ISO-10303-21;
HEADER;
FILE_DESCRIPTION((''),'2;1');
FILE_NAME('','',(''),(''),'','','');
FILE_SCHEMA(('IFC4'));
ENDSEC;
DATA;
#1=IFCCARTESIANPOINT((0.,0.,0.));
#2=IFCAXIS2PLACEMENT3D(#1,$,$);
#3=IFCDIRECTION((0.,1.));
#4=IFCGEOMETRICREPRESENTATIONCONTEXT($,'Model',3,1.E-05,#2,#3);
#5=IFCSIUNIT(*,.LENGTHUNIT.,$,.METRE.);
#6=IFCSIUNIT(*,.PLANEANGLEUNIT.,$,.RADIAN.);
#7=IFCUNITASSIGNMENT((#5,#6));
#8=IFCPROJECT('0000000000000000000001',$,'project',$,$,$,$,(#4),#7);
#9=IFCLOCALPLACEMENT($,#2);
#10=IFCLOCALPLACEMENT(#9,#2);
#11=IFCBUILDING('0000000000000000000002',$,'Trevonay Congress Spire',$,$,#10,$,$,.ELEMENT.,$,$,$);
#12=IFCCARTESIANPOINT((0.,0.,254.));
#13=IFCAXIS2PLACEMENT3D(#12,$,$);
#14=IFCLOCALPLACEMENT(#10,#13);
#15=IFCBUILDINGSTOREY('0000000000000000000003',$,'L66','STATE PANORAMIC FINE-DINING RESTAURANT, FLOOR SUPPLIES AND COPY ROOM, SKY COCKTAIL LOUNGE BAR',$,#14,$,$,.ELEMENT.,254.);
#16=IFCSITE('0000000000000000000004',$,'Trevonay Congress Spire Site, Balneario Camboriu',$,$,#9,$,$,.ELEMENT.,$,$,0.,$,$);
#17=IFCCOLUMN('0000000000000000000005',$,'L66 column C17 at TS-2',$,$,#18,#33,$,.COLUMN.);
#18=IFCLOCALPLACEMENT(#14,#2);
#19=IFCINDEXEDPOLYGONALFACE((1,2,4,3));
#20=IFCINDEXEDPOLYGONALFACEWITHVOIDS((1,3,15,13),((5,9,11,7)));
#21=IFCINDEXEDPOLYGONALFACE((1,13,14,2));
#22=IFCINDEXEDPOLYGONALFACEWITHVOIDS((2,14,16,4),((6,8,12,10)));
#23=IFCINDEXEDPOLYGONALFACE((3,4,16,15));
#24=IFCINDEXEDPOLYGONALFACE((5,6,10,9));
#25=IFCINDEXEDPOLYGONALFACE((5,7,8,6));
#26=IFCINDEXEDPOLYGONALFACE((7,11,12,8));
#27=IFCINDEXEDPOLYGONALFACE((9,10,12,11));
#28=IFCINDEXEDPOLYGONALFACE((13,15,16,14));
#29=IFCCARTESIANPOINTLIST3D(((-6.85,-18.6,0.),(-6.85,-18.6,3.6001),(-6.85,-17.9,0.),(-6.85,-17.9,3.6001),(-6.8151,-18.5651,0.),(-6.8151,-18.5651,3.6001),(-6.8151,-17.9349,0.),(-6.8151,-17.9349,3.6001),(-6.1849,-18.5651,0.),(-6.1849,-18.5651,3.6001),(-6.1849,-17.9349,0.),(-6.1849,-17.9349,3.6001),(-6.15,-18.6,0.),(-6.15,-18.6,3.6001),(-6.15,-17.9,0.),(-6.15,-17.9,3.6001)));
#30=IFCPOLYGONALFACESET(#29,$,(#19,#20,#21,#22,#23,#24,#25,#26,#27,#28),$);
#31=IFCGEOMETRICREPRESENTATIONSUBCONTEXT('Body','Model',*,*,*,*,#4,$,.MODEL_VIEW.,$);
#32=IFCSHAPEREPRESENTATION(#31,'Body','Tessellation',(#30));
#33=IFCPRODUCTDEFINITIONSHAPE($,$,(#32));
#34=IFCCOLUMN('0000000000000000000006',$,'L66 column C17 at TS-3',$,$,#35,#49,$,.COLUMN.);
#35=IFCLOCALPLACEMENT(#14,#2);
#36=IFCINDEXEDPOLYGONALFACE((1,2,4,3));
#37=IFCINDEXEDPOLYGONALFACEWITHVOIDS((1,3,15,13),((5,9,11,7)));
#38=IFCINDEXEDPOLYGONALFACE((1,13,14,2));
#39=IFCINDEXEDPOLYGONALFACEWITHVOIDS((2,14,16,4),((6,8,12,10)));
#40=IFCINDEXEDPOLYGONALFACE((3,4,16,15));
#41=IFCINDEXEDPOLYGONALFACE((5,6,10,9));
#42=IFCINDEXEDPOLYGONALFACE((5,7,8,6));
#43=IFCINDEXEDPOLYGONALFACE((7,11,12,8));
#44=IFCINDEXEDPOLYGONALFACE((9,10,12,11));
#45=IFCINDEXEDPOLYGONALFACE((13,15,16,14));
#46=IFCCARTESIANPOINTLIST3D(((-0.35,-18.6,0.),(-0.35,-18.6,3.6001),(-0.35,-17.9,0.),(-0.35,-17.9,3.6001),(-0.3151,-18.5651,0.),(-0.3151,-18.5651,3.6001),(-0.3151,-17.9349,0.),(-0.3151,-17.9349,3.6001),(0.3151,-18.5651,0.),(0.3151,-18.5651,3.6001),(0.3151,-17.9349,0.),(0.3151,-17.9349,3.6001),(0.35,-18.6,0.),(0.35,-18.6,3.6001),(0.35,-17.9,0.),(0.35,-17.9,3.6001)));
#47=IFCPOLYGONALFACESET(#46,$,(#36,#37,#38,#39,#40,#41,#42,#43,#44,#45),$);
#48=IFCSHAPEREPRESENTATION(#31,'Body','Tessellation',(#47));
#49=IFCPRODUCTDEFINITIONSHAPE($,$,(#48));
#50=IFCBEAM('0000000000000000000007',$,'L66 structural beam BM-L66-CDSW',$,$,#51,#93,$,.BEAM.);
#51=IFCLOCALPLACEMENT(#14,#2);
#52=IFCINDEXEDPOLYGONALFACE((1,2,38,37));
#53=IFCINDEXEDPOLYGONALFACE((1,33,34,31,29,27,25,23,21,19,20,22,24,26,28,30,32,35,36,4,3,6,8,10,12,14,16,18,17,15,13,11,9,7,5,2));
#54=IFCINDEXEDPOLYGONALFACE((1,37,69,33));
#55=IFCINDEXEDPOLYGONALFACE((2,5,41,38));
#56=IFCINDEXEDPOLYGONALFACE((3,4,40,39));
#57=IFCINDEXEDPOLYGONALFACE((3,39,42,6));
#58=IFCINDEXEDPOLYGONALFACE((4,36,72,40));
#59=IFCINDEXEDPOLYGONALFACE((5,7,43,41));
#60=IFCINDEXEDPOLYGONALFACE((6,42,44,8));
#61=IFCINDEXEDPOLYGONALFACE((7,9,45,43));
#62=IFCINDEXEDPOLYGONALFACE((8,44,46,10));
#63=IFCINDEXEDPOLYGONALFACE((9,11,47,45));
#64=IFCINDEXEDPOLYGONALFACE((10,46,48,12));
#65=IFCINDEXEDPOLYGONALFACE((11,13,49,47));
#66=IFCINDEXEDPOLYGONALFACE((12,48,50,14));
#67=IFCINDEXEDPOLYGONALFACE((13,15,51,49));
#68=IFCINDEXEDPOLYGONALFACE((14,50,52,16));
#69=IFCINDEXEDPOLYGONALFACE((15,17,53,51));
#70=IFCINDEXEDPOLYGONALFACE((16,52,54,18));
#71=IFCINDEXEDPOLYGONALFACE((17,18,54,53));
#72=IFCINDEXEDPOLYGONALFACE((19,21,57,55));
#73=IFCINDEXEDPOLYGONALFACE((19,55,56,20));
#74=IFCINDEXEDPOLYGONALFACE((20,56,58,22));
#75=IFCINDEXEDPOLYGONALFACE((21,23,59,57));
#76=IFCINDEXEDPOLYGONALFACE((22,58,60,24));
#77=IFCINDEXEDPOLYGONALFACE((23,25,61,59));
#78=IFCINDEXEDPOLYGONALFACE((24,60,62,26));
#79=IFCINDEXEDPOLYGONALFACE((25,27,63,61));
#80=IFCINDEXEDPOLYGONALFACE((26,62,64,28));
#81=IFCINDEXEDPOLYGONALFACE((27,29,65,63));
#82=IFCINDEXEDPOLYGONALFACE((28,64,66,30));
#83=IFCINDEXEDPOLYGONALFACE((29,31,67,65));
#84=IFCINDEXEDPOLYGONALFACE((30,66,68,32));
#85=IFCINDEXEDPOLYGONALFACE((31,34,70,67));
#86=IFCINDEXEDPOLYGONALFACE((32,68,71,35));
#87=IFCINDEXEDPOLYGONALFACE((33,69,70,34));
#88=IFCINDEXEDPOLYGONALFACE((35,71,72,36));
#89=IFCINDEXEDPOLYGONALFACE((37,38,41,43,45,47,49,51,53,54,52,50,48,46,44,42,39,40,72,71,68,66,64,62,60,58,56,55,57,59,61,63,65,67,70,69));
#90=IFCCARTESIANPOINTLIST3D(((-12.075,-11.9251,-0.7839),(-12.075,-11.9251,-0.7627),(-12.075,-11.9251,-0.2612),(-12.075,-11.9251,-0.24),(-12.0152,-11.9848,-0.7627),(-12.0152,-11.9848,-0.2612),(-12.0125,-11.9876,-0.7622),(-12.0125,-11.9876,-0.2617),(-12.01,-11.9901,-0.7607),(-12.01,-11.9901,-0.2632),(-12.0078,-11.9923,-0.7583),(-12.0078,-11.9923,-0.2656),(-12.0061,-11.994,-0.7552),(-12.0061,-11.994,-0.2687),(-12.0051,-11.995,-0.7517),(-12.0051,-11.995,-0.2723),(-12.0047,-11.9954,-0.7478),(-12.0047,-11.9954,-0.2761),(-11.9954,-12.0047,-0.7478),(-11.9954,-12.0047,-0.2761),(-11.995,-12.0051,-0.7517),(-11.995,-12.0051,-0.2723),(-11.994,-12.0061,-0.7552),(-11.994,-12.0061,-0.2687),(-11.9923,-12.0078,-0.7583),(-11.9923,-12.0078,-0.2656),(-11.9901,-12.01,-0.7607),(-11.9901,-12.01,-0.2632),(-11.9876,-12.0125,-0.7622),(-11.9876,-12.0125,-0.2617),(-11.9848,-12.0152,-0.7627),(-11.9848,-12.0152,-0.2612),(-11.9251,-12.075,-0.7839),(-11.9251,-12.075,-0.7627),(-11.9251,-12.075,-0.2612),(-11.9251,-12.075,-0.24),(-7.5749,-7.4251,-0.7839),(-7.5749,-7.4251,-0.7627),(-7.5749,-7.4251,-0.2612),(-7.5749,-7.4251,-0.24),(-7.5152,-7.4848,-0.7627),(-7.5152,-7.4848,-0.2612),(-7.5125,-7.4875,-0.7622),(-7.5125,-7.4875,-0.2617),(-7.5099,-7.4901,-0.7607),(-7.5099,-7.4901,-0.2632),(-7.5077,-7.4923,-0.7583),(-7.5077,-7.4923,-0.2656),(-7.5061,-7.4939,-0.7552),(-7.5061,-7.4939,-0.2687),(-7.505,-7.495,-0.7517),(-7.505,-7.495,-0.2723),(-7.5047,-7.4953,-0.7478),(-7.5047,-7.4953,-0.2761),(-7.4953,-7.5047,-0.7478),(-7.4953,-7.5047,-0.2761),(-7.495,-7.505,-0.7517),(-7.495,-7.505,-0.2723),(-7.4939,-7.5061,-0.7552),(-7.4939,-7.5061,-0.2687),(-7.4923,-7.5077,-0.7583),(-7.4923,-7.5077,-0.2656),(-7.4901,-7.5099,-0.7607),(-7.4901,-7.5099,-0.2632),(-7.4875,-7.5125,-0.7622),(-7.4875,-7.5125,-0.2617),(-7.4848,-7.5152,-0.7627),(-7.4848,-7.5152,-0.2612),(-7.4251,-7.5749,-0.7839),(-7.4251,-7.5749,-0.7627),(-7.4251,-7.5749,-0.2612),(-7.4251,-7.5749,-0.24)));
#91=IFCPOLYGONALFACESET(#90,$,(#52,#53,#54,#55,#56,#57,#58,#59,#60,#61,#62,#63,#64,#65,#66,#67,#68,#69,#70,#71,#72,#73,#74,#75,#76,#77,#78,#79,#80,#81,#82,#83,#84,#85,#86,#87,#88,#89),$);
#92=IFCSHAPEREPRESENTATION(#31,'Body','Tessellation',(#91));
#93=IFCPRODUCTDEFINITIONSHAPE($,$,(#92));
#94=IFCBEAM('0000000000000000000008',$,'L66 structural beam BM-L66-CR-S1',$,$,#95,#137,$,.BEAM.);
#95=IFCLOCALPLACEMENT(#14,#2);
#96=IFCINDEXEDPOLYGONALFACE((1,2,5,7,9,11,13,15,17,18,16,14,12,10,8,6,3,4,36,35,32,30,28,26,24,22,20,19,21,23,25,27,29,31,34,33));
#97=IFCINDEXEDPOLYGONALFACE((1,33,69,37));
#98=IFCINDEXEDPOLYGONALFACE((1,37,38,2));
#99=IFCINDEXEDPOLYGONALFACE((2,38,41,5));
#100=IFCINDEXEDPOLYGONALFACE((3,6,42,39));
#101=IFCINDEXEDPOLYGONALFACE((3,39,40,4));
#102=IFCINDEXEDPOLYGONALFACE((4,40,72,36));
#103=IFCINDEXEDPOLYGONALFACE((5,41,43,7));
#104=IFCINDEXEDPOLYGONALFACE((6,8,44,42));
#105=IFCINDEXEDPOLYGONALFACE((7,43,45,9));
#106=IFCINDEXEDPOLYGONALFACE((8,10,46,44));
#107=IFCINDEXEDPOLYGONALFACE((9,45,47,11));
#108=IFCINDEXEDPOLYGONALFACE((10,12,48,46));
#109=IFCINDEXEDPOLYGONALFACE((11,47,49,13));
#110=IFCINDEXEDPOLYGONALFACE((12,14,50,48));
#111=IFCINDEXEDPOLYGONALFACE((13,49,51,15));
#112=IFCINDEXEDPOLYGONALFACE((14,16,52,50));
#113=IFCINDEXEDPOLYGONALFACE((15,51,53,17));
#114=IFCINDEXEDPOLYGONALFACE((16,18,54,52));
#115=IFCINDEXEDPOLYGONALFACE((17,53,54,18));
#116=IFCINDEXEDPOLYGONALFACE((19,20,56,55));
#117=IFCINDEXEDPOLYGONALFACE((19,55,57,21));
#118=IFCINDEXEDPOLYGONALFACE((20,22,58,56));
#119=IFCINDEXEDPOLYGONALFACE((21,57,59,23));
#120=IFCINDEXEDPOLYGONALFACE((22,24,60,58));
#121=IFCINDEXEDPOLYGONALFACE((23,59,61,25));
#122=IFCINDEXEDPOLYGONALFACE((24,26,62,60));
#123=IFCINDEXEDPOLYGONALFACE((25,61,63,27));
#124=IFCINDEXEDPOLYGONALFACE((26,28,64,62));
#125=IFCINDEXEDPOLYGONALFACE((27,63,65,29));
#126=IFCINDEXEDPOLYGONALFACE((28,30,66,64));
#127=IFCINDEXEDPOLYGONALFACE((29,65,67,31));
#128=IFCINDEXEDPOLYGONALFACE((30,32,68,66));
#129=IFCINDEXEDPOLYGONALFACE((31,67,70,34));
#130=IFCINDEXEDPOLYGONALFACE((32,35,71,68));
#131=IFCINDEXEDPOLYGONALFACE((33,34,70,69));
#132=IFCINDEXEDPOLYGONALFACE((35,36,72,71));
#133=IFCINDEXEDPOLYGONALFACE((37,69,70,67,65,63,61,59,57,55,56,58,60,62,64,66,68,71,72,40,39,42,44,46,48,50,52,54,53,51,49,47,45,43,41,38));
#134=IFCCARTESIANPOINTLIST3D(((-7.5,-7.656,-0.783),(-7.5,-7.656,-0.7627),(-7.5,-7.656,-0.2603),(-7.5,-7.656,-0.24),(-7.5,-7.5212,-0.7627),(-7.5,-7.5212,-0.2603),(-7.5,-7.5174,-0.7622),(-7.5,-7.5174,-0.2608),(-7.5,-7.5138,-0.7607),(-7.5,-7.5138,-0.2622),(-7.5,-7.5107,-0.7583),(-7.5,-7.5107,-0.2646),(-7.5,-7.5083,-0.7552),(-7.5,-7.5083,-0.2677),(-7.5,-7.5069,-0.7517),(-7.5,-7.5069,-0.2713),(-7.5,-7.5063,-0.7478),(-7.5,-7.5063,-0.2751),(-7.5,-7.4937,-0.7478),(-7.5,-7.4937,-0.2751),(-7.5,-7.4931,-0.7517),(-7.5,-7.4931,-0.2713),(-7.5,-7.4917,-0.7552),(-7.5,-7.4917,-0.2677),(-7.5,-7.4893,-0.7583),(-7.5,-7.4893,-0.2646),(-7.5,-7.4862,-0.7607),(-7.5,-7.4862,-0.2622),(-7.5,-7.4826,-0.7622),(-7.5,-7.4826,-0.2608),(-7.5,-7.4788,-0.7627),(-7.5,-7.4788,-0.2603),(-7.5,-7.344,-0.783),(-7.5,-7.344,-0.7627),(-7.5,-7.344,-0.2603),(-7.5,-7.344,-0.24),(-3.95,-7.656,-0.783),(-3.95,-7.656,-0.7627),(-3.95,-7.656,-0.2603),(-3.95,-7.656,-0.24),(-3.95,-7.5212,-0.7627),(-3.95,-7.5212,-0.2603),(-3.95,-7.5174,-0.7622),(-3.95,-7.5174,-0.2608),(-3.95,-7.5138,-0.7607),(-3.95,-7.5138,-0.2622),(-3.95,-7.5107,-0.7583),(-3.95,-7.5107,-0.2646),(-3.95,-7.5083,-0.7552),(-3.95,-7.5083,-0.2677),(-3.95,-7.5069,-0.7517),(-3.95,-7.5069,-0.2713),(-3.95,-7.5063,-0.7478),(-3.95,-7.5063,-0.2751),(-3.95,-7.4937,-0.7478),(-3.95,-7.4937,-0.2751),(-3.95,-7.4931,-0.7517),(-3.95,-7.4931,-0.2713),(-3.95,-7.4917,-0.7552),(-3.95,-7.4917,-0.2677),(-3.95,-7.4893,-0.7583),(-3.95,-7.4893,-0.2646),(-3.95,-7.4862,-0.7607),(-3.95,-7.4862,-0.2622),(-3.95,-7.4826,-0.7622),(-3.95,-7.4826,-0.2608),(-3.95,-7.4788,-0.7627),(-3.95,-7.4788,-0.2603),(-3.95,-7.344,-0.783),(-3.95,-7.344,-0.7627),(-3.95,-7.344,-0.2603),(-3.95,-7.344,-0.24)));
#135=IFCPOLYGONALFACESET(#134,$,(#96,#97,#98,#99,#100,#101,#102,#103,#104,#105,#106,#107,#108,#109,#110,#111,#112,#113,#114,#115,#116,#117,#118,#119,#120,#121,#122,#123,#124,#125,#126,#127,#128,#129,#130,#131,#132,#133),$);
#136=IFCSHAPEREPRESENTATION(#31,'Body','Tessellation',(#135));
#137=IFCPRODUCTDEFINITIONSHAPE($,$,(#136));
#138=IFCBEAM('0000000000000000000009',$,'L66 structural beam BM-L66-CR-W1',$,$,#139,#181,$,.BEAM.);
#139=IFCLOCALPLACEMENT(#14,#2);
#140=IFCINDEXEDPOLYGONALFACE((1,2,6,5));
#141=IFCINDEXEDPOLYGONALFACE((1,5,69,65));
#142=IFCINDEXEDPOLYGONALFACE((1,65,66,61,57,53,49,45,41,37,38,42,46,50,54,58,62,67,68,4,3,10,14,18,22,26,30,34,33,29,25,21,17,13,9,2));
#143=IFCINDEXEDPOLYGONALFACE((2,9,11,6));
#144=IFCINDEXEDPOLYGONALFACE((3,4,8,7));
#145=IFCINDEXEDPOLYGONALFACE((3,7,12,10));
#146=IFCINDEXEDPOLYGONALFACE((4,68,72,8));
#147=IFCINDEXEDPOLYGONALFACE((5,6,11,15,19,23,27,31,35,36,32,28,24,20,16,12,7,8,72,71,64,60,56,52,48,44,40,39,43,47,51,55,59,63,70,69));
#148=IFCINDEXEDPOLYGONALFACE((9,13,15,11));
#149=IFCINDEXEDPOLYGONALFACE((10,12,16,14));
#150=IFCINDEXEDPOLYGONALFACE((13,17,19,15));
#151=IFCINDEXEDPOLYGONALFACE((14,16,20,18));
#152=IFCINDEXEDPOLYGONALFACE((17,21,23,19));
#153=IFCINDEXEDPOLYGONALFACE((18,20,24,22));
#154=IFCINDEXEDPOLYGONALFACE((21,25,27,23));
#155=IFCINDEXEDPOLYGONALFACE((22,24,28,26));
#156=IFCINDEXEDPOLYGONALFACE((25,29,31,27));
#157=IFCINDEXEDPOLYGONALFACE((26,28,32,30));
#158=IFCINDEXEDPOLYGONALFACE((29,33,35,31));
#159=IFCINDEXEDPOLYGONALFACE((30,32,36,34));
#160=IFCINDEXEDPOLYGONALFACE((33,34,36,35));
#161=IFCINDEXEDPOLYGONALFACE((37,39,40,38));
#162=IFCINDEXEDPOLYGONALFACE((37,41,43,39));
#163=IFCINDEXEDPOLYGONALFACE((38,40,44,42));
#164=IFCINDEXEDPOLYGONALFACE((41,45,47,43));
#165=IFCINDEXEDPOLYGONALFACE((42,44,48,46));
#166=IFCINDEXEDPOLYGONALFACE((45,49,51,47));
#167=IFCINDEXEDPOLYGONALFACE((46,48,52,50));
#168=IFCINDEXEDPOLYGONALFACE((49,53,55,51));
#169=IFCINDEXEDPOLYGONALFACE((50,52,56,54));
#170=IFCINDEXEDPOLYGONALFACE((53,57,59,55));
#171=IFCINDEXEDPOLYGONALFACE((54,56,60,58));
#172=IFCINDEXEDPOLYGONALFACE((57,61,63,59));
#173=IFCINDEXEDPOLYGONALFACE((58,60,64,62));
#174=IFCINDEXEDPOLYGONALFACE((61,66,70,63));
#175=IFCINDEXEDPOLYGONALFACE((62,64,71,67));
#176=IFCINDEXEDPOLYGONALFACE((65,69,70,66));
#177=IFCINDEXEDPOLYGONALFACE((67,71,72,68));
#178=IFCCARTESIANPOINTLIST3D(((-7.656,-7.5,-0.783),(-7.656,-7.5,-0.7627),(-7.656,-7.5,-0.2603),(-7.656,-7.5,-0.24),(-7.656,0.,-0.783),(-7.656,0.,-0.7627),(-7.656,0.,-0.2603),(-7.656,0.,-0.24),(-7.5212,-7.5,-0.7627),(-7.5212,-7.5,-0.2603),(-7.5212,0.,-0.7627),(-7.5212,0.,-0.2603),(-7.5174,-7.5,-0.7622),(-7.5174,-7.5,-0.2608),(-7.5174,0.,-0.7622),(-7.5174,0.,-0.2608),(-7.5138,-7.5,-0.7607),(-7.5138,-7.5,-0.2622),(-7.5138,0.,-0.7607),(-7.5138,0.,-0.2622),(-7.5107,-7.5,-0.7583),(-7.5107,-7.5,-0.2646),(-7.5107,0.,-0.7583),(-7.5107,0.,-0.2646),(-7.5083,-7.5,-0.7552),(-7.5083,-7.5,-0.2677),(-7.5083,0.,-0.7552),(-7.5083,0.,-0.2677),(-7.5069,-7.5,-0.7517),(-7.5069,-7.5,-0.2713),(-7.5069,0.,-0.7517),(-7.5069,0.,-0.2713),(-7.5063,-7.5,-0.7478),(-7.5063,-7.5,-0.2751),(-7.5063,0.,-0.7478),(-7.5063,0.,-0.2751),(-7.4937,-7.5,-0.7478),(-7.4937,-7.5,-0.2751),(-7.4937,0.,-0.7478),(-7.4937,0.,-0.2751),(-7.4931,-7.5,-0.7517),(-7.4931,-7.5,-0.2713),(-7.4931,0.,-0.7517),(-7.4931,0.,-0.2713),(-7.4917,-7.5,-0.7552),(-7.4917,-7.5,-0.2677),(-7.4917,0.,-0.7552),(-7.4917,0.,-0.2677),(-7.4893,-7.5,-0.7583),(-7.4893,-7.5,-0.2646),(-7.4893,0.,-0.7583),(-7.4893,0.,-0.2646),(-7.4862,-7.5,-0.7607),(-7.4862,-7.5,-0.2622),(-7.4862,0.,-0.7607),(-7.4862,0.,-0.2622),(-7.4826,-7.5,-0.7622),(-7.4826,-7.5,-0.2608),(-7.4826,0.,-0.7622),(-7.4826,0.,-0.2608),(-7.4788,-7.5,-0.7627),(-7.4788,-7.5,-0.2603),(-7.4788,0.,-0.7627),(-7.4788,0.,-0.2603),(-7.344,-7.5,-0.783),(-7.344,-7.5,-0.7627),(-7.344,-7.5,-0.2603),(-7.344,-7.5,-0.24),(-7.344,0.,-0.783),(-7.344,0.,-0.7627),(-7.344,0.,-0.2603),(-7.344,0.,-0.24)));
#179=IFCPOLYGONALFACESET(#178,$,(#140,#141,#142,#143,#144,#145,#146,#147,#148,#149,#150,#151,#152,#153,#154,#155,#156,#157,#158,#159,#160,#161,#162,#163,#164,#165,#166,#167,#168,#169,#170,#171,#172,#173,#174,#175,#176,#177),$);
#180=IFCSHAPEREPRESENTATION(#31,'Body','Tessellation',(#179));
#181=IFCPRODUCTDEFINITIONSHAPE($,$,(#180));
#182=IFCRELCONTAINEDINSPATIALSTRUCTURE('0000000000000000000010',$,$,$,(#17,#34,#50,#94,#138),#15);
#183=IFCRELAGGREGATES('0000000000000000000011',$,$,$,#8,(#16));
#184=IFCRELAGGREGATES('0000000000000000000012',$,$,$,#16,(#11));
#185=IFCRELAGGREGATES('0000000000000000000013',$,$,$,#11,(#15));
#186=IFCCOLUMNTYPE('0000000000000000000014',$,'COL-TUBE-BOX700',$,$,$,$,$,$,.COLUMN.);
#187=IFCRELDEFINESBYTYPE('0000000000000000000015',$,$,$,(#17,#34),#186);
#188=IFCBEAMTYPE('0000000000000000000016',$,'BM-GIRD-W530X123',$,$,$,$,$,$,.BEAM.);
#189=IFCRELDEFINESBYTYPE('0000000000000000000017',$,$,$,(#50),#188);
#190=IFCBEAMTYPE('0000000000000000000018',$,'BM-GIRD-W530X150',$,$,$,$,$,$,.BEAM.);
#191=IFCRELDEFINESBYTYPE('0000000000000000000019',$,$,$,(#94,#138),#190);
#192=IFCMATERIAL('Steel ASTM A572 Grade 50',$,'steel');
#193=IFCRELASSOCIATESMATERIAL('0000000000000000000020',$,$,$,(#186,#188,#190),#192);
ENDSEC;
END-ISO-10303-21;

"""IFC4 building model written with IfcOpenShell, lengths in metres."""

from ifc_helpers import new_model, si_unit, direction, frame, origin, origin_2d, place, context, subcontext, project, spatial, hollow_rectangle, i_section, extrude, material, material_profile, profile_set, type_object, element, save


model = new_model("IFC4")

# Units and contexts
model_context = context("Model", 3, precision=1e-05, world=origin(), true_north=direction((0.0, 1.0)))
body_context = subcontext(model_context, "Body", "Model", "MODEL_VIEW")
ifc_project = project(units=[si_unit("LENGTHUNIT", "METRE"), si_unit("PLANEANGLEUNIT", "RADIAN")], contexts=[model_context])

# Site, building, storey
site_placement = place(None, origin())
site = spatial("IfcSite", under=ifc_project, at=site_placement, Name="Trevonay Congress Spire Site, Balneario Camboriu", CompositionType="ELEMENT", RefElevation=0.0)
building_placement = place(site_placement, origin())
building = spatial("IfcBuilding", under=site, at=building_placement, Name="Trevonay Congress Spire", CompositionType="ELEMENT")
storey_placement = place(building_placement, frame((0.0, 0.0, 254.0)))
storey = spatial("IfcBuildingStorey", under=building, at=storey_placement, Name="L66", Description="STATE PANORAMIC FINE-DINING RESTAURANT, FLOOR SUPPLIES AND COPY ROOM, SKY COCKTAIL LOUNGE BAR", CompositionType="ELEMENT", Elevation=254.0)

# Columns
ifc_material_1 = material(Name="Steel ASTM A572 Grade 50", Category="steel")
ifc_material_profile_1 = material_profile(ifc_material_1, hollow_rectangle(XDim=0.7, YDim=0.7, WallThickness=0.0349, at=origin_2d()), Name="BOX 700x700x35")
ifc_profile_set_1 = profile_set([ifc_material_profile_1], Name="Steel ASTM A572 Grade 50")
column_type = type_object("IfcColumnType", Name="COL-TUBE-BOX700", PredefinedType="COLUMN", material=ifc_profile_set_1)
for number, where, z_axis, x_axis, name in (
    (1, (-6.5, -18.25, 0.0), (0.0, 0.0, 1.0), (1.0, 0.0, 0.0), "L66 column C17 at TS-2"),
    (2, (0.0, -18.25, 0.0), (0.0, 0.0, 1.0), (1.0, 0.0, 0.0), "L66 column C17 at TS-3"),
):
    element("IfcColumn", number, at=place(storey_placement, frame(where, z_axis=z_axis, x_axis=x_axis)), inside=storey, type_object=column_type, Name=name, PredefinedType="COLUMN", context=body_context, shape_type="SweptSolid", body=[
        extrude(hollow_rectangle(XDim=0.7, YDim=0.7, WallThickness=0.0349, at=origin_2d()), origin(), (0.0, 0.0, 1.0), 3.6001),
    ])

# Beams
ifc_material_profile_2 = material_profile(ifc_material_1, i_section(OverallWidth=0.2119, OverallDepth=0.5439, WebThickness=0.0132, FlangeThickness=0.0212, FilletRadius=0.0149, at=origin_2d()), Name="W530x123")
ifc_profile_set_2 = profile_set([ifc_material_profile_2], Name="Steel ASTM A572 Grade 50")
beam_type_1 = type_object("IfcBeamType", Name="BM-GIRD-W530X123", PredefinedType="BEAM", material=ifc_profile_set_2)
beam_1_placement = place(storey_placement, frame((-7.5, -7.5, -0.512), z_axis=(-0.707107, -0.707107, 0.0), x_axis=(0.707107, -0.707107, 0.0)))
element("IfcBeam", 3, at=beam_1_placement, inside=storey, type_object=beam_type_1, Name="L66 structural beam BM-L66-CDSW", PredefinedType="BEAM", context=body_context, shape_type="SweptSolid", body=[
    extrude(i_section(OverallWidth=0.2119, OverallDepth=0.5439, WebThickness=0.0132, FlangeThickness=0.0212, FilletRadius=0.0149, at=origin_2d()), origin(), (0.0, 0.0, 1.0), 6.364),
])
ifc_material_profile_3 = material_profile(ifc_material_1, i_section(OverallWidth=0.312, OverallDepth=0.543, WebThickness=0.0127, FlangeThickness=0.0203, FilletRadius=0.0149, at=origin_2d()), Name="W530x150")
ifc_profile_set_3 = profile_set([ifc_material_profile_3], Name="Steel ASTM A572 Grade 50")
beam_type_2 = type_object("IfcBeamType", Name="BM-GIRD-W530X150", PredefinedType="BEAM", material=ifc_profile_set_3)
beam_2_placement = place(storey_placement, frame((-7.5, -7.5, -0.5115), z_axis=(1.0, 0.0, 0.0), x_axis=(0.0, 1.0, 0.0)))
element("IfcBeam", 4, at=beam_2_placement, inside=storey, type_object=beam_type_2, Name="L66 structural beam BM-L66-CR-S1", PredefinedType="BEAM", context=body_context, shape_type="SweptSolid", body=[
    extrude(i_section(OverallWidth=0.312, OverallDepth=0.543, WebThickness=0.0127, FlangeThickness=0.0203, FilletRadius=0.0149, at=origin_2d()), origin(), (0.0, 0.0, 1.0), 3.55),
])
beam_3_placement = place(storey_placement, frame((-7.5, -7.5, -0.5115), z_axis=(0.0, 1.0, 0.0), x_axis=(-1.0, 0.0, 0.0)))
element("IfcBeam", 5, at=beam_3_placement, inside=storey, type_object=beam_type_2, Name="L66 structural beam BM-L66-CR-W1", PredefinedType="BEAM", context=body_context, shape_type="SweptSolid", body=[
    extrude(i_section(OverallWidth=0.312, OverallDepth=0.543, WebThickness=0.0127, FlangeThickness=0.0203, FilletRadius=0.0149, at=origin_2d()), origin(), (0.0, 0.0, 1.0), 7.5),
])

save(model, "model.ifc")
